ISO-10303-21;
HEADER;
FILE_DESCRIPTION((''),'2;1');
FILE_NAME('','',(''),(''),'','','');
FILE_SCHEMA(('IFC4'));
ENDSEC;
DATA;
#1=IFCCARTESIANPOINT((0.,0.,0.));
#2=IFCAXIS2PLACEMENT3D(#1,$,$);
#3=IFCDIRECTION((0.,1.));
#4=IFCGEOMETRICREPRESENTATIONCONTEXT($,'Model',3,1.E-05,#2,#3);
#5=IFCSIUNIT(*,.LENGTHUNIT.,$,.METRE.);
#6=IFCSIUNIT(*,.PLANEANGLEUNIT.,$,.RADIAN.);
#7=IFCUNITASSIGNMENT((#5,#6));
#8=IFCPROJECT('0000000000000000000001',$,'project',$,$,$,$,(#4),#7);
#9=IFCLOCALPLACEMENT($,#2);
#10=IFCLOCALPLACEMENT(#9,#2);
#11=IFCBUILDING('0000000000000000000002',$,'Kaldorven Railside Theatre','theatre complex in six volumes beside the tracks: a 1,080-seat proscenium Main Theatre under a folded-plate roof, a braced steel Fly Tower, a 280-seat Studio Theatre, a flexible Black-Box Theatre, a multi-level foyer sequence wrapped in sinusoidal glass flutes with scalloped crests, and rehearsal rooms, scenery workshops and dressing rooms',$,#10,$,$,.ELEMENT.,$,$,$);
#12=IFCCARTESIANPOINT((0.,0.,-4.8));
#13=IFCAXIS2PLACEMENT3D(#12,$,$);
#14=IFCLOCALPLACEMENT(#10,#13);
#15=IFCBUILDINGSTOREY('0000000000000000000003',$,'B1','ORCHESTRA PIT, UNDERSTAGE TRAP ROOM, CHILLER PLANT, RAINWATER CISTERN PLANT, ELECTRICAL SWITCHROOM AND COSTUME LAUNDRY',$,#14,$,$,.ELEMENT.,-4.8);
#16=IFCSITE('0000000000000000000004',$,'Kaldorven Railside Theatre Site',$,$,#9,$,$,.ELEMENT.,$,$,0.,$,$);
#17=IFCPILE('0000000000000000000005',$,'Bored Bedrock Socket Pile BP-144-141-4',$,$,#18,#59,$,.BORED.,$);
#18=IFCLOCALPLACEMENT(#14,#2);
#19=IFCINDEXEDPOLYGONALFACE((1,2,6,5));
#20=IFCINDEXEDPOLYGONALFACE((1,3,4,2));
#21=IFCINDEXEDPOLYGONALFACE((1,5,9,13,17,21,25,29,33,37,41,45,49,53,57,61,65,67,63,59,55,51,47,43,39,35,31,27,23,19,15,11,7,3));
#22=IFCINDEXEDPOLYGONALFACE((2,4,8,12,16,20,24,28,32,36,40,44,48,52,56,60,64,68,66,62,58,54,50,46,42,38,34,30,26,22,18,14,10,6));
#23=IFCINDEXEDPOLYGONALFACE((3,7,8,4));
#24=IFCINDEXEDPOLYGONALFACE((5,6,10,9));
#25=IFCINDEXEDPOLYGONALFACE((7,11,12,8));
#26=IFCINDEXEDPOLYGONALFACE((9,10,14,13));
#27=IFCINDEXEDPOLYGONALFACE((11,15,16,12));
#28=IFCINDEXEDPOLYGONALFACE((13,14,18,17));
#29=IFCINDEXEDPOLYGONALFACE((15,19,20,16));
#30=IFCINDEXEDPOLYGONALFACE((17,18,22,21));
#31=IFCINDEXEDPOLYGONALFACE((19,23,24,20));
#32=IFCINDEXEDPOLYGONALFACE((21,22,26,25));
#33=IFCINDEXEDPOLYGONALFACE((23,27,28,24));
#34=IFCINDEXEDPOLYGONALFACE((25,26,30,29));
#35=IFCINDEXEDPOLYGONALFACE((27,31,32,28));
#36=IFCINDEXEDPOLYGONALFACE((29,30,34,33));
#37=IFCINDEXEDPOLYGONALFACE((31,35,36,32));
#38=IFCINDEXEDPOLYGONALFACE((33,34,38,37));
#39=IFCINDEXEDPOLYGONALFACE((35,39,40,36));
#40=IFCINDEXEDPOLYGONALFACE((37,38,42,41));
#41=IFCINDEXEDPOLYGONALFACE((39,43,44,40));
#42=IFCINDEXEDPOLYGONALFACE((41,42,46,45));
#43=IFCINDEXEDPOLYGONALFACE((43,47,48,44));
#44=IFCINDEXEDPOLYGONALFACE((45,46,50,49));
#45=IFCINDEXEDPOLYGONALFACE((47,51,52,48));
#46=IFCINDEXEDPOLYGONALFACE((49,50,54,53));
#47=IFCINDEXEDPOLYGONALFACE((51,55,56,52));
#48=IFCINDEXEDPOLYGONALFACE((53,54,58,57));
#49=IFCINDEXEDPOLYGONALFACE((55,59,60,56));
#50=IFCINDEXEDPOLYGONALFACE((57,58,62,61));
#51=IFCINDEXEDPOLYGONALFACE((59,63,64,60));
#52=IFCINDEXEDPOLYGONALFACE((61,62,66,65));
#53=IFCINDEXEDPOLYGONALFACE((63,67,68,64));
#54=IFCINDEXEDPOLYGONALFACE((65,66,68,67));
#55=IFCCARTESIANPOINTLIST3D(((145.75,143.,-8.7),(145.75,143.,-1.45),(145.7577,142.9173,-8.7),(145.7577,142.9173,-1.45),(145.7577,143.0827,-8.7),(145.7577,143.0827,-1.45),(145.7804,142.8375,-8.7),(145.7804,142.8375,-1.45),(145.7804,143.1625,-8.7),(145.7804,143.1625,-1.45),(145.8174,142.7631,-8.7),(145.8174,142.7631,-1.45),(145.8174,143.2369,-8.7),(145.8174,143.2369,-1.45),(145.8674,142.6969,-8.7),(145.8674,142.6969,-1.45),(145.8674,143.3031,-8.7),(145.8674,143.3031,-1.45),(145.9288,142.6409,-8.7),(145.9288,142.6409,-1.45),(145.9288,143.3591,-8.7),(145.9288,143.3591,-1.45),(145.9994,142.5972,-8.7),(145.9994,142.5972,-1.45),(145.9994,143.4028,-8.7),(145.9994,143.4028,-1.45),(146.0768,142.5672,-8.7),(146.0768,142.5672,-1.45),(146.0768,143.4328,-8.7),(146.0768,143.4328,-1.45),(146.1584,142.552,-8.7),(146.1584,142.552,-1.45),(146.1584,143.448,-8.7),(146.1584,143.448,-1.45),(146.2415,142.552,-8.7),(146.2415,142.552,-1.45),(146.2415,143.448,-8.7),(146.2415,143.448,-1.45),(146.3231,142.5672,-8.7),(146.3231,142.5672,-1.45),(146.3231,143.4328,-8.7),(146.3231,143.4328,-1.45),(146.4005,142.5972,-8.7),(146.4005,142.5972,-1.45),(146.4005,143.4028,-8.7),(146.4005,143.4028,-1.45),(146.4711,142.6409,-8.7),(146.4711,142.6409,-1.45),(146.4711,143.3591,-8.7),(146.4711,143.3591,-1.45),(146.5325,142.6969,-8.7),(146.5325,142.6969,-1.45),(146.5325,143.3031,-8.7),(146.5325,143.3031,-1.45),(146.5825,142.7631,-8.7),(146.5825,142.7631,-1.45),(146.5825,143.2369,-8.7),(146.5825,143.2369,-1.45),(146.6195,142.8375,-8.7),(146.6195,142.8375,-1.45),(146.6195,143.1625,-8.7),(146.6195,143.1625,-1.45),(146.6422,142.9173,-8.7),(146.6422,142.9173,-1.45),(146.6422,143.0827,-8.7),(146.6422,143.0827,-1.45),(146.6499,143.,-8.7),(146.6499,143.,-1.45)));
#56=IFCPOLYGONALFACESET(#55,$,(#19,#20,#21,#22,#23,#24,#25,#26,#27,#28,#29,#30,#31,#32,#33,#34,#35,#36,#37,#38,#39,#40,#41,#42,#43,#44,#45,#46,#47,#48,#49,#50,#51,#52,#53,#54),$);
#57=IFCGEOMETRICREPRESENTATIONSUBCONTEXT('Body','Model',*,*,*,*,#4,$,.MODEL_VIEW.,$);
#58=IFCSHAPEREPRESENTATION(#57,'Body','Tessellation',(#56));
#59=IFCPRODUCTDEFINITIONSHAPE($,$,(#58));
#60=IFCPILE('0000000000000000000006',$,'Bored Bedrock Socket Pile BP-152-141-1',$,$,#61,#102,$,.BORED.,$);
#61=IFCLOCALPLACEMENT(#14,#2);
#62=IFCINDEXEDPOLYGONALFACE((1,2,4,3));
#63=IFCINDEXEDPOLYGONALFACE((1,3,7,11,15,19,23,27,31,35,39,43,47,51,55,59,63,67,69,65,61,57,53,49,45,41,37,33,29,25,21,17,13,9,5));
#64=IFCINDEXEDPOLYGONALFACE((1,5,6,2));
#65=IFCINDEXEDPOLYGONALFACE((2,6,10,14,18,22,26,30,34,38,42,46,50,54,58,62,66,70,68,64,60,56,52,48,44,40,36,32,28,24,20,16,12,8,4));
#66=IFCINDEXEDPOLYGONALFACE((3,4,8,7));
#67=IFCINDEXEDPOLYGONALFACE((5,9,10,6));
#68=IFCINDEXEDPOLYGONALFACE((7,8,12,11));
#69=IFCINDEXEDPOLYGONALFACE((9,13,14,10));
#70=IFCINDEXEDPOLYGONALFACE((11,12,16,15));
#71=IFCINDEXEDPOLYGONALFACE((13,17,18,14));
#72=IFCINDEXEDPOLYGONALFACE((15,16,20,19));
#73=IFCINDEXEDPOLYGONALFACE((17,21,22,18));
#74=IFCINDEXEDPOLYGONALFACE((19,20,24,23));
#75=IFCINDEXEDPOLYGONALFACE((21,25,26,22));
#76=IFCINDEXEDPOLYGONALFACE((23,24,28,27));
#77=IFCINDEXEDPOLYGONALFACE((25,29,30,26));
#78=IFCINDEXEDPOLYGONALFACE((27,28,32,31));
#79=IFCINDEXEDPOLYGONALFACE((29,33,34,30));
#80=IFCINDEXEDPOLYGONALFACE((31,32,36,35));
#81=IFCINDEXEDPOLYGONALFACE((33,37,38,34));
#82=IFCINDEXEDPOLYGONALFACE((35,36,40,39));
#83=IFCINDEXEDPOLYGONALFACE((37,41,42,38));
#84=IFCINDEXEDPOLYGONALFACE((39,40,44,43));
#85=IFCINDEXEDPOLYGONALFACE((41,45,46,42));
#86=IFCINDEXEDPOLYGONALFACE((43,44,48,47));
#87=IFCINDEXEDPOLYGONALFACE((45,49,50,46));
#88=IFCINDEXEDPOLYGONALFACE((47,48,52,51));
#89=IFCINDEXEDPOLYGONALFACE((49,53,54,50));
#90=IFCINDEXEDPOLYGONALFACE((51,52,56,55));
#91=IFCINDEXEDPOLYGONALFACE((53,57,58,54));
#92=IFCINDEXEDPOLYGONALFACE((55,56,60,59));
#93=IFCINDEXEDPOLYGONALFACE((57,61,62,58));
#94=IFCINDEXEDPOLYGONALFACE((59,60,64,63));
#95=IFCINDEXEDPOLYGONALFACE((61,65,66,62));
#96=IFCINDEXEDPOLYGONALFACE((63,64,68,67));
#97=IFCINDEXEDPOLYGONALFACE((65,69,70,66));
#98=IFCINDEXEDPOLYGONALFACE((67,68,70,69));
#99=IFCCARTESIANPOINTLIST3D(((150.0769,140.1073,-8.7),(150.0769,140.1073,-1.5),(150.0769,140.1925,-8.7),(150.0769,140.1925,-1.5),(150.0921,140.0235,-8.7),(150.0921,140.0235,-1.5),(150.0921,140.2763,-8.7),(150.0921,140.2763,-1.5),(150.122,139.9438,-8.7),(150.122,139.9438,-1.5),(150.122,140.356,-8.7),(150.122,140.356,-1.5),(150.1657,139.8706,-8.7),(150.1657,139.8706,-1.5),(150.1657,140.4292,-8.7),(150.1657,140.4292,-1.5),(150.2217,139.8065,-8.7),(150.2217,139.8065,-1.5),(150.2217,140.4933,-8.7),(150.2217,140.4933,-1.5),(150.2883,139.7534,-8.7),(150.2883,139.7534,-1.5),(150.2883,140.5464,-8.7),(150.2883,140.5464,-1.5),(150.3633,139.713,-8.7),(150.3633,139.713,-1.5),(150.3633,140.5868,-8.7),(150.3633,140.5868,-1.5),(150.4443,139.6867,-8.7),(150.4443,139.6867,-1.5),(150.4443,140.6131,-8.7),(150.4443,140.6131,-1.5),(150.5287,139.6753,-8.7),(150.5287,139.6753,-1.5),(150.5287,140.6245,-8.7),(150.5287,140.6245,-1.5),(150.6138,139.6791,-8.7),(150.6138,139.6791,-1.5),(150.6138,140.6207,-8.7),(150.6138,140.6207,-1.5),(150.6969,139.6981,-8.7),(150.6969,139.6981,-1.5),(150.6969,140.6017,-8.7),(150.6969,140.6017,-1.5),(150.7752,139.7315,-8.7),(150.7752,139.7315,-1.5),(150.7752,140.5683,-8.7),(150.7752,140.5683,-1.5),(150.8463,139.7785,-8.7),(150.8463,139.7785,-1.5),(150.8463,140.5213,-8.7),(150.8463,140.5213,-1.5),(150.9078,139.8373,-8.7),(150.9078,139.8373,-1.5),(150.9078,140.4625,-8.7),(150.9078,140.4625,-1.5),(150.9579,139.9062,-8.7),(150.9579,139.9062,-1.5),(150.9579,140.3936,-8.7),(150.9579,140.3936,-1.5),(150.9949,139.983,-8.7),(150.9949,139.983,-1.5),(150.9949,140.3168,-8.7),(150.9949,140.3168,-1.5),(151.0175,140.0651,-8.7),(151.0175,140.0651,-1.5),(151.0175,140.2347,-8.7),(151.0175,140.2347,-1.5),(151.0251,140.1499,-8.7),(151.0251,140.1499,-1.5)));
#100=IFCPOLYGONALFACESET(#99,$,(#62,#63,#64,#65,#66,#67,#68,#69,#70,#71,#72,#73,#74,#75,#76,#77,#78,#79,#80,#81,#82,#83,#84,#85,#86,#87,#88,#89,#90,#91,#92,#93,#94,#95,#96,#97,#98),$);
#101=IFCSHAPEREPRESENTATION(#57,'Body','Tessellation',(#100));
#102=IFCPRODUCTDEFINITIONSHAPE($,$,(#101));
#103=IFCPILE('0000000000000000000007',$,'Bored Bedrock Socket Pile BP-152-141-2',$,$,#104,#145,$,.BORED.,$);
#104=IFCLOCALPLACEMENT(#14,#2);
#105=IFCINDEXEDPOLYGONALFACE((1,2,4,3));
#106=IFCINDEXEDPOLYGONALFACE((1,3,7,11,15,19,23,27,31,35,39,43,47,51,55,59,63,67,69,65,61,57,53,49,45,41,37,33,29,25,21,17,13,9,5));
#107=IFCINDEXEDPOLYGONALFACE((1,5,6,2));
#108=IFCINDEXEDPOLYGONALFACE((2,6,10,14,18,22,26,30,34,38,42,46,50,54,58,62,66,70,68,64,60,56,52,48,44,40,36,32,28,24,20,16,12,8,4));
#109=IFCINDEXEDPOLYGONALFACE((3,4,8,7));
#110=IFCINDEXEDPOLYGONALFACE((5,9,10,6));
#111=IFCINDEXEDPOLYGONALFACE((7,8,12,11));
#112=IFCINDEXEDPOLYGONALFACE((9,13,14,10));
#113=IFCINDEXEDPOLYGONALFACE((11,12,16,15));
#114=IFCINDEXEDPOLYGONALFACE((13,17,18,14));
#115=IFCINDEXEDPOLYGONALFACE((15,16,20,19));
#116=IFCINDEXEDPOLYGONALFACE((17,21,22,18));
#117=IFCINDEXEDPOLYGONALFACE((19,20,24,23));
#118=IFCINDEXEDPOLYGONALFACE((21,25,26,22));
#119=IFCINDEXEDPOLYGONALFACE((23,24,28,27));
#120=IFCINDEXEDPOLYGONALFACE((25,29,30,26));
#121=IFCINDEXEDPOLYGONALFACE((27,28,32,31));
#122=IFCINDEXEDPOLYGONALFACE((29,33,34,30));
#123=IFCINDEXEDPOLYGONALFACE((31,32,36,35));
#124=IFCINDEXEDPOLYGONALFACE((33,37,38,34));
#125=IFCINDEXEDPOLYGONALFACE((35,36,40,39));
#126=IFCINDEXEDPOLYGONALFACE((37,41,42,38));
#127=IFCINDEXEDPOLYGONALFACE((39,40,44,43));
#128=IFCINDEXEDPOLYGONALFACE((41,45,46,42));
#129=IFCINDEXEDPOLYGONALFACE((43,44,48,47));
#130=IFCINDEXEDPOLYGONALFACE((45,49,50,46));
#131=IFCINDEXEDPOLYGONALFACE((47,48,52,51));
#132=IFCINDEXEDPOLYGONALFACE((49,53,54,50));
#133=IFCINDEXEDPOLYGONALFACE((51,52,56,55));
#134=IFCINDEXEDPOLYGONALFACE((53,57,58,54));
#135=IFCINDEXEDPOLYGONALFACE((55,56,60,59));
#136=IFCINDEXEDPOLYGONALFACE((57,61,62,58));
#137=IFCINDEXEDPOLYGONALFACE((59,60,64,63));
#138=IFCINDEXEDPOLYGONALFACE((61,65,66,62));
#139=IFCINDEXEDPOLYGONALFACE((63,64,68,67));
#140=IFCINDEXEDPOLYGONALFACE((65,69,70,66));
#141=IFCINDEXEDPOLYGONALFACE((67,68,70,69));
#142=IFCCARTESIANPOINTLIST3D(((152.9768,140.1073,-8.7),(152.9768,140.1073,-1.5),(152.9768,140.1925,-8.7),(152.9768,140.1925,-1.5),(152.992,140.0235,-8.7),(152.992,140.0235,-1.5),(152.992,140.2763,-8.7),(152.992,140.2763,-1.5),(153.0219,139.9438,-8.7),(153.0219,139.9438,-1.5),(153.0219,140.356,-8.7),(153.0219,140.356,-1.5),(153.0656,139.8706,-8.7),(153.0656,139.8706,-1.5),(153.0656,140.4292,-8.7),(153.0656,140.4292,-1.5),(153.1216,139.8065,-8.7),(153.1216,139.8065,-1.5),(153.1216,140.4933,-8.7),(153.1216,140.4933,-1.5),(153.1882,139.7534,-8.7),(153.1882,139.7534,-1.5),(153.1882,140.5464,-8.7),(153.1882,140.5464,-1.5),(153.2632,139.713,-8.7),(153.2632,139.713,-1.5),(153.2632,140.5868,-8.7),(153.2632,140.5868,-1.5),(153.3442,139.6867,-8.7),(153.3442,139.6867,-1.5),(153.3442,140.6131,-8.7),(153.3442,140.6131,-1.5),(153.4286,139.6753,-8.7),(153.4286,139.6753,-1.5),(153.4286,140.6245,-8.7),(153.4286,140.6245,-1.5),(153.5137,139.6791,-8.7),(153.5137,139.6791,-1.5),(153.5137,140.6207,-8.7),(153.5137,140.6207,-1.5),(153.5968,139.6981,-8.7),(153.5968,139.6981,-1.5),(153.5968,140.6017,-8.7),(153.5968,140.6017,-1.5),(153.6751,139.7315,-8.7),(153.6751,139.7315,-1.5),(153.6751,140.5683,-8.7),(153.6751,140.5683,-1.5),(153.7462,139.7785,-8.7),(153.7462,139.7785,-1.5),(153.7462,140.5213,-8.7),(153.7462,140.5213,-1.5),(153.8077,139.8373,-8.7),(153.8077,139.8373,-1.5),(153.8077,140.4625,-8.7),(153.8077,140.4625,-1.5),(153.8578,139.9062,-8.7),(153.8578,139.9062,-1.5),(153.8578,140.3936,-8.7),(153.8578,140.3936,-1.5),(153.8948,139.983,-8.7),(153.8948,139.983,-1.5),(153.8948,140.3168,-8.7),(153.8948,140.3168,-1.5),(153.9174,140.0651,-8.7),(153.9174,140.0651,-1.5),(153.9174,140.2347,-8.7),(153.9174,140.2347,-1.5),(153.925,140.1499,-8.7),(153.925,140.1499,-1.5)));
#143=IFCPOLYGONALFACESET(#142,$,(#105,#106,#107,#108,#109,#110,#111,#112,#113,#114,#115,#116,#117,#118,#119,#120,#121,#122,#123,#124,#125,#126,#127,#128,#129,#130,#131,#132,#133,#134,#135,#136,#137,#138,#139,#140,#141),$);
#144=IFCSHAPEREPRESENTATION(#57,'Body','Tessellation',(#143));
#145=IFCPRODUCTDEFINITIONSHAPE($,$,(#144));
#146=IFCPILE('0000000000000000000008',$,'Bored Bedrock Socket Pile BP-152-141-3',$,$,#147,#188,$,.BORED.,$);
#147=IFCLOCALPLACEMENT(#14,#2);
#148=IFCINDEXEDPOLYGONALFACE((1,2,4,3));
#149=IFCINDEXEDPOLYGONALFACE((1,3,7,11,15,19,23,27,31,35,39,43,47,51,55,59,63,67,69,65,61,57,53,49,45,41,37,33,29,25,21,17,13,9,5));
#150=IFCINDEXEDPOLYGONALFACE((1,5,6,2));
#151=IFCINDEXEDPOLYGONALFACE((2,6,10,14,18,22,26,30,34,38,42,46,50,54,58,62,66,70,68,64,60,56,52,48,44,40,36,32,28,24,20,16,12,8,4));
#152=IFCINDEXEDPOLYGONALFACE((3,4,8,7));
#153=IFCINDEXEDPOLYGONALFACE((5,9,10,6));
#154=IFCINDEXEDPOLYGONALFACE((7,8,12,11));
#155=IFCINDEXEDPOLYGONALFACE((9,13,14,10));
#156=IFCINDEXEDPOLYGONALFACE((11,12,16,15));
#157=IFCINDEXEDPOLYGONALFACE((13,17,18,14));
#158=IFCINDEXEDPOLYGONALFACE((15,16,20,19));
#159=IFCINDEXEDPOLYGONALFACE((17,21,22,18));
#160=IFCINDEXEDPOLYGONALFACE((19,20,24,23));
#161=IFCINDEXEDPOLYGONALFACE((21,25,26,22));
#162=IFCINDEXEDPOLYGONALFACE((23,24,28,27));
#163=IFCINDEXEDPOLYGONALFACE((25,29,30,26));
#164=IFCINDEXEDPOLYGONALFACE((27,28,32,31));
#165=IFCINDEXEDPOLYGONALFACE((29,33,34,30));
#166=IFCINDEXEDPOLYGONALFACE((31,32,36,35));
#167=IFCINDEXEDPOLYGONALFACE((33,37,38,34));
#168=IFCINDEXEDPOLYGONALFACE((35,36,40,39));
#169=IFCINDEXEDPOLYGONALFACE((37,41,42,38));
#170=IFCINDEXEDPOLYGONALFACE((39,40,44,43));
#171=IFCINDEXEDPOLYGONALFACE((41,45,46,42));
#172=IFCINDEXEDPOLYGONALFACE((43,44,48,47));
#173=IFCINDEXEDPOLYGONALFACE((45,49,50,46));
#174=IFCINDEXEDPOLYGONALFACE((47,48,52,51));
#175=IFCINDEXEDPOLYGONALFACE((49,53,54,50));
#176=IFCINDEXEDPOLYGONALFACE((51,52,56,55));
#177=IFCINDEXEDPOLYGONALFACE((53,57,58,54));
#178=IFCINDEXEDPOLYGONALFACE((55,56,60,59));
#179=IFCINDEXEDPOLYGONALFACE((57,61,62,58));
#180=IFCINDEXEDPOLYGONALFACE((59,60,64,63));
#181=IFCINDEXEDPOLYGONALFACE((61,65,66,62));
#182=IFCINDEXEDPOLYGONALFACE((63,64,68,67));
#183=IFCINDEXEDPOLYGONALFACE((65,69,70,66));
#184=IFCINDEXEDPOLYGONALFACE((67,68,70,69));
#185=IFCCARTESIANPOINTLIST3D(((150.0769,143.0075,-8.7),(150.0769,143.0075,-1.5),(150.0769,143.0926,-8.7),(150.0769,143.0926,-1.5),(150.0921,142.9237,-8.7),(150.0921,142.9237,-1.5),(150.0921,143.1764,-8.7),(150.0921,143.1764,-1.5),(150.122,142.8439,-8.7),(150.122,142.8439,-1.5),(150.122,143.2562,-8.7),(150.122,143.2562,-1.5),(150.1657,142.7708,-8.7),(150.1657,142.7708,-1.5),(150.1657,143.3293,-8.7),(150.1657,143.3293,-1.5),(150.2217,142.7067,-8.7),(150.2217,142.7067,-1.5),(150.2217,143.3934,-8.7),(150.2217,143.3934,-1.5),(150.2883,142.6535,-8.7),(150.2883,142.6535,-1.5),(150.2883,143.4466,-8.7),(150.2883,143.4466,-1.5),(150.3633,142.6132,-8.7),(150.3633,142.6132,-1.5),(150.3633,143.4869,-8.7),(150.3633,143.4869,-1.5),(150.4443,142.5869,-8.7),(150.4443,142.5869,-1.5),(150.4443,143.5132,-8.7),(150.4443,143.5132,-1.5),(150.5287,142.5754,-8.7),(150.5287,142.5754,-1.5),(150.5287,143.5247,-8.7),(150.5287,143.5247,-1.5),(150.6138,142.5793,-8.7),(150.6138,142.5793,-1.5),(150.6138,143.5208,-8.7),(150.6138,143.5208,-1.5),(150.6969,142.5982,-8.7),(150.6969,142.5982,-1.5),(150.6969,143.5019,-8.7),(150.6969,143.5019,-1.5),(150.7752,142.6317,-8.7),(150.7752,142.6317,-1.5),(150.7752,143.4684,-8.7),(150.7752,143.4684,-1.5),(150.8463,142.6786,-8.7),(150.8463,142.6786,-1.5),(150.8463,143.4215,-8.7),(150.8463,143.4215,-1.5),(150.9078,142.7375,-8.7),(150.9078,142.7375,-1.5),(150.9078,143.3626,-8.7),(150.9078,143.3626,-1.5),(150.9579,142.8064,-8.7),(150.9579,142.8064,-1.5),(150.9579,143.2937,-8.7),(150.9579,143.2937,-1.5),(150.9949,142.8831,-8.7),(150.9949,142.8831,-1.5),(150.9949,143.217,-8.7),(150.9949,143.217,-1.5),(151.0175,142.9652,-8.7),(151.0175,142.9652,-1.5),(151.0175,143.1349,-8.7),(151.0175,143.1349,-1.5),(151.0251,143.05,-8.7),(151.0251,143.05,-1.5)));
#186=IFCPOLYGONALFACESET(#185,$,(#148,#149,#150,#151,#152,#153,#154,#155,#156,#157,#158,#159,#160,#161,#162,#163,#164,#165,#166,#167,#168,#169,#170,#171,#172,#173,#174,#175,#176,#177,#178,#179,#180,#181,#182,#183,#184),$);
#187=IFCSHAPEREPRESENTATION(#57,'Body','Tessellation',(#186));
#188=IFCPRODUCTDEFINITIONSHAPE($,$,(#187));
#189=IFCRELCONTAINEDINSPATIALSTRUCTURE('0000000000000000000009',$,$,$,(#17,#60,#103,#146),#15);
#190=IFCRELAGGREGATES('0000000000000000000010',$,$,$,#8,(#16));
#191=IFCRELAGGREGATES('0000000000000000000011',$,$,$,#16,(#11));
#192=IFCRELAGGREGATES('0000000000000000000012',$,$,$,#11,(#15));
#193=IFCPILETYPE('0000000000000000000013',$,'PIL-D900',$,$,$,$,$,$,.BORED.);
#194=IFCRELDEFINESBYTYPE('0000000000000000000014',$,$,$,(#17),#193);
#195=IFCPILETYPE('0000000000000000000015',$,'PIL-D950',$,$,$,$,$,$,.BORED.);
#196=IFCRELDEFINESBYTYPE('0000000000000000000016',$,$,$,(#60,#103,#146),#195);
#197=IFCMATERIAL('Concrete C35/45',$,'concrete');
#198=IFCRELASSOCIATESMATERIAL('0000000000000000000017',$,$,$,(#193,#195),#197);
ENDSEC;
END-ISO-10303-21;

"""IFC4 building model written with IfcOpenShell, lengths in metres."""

from ifc_helpers import new_model, si_unit, direction, frame, origin, origin_2d, place, context, subcontext, project, spatial, circle, extrude, material, material_profile, profile_set, type_object, element, save


model = new_model("IFC4")

# Units and contexts
model_context = context("Model", 3, precision=1e-05, world=origin(), true_north=direction((0.0, 1.0)))
body_context = subcontext(model_context, "Body", "Model", "MODEL_VIEW")
ifc_project = project(units=[si_unit("LENGTHUNIT", "METRE"), si_unit("PLANEANGLEUNIT", "RADIAN")], contexts=[model_context])

# Site, building, storey
site_placement = place(None, origin())
site = spatial("IfcSite", under=ifc_project, at=site_placement, Name="Kaldorven Railside Theatre Site", CompositionType="ELEMENT", RefElevation=0.0)
building_placement = place(site_placement, origin())
building = spatial("IfcBuilding", under=site, at=building_placement, Name="Kaldorven Railside Theatre", Description="theatre complex in six volumes beside the tracks: a 1,080-seat proscenium Main Theatre under a folded-plate roof, a braced steel Fly Tower, a 280-seat Studio Theatre, a flexible Black-Box Theatre, a multi-level foyer sequence wrapped in sinusoidal glass flutes with scalloped crests, and rehearsal rooms, scenery workshops and dressing rooms", CompositionType="ELEMENT")
storey_placement = place(building_placement, frame((0.0, 0.0, -4.8)))
storey = spatial("IfcBuildingStorey", under=building, at=storey_placement, Name="B1", Description="ORCHESTRA PIT, UNDERSTAGE TRAP ROOM, CHILLER PLANT, RAINWATER CISTERN PLANT, ELECTRICAL SWITCHROOM AND COSTUME LAUNDRY", CompositionType="ELEMENT", Elevation=-4.8)

# Piles
ifc_material_1 = material(Name="Concrete C35/45", Category="concrete")
ifc_material_profile_1 = material_profile(ifc_material_1, circle(Radius=0.45, at=origin_2d()), Name="BP D900")
ifc_profile_set_1 = profile_set([ifc_material_profile_1], Name="Concrete C35/45")
pile_type_1 = type_object("IfcPileType", Name="PIL-D900", PredefinedType="BORED", material=ifc_profile_set_1)
for number, where, z_axis, x_axis, name in (
    (1, (146.2, 143.0, -1.45), (0.0, 0.0, -1.0), (1.0, 0.0, 0.0), "Bored Bedrock Socket Pile BP-144-141-4"),
):
    element("IfcPile", number, at=place(storey_placement, frame(where, z_axis=z_axis, x_axis=x_axis)), inside=storey, type_object=pile_type_1, Name=name, PredefinedType="BORED", context=body_context, shape_type="SweptSolid", body=[
        extrude(circle(Radius=0.45, at=origin_2d()), origin(), (0.0, 0.0, 1.0), 7.25),
    ])
ifc_material_profile_2 = material_profile(ifc_material_1, circle(Radius=0.4751, at=origin_2d()), Name="BP D950")
ifc_profile_set_2 = profile_set([ifc_material_profile_2], Name="Concrete C35/45")
pile_type_2 = type_object("IfcPileType", Name="PIL-D950", PredefinedType="BORED", material=ifc_profile_set_2)
for number, where, z_axis, x_axis, name in (
    (2, (150.55, 140.1499, -1.5), (0.0, 0.0, -1.0), (1.0, 0.0, 0.0), "Bored Bedrock Socket Pile BP-152-141-1"),
    (3, (153.45, 140.1499, -1.5), (0.0, 0.0, -1.0), (1.0, 0.0, 0.0), "Bored Bedrock Socket Pile BP-152-141-2"),
    (4, (150.55, 143.05, -1.5), (0.0, 0.0, -1.0), (1.0, 0.0, 0.0), "Bored Bedrock Socket Pile BP-152-141-3"),
):
    element("IfcPile", number, at=place(storey_placement, frame(where, z_axis=z_axis, x_axis=x_axis)), inside=storey, type_object=pile_type_2, Name=name, PredefinedType="BORED", context=body_context, shape_type="SweptSolid", body=[
        extrude(circle(Radius=0.4751, at=origin_2d()), origin(), (0.0, 0.0, 1.0), 7.2),
    ])

save(model, "model.ifc")
